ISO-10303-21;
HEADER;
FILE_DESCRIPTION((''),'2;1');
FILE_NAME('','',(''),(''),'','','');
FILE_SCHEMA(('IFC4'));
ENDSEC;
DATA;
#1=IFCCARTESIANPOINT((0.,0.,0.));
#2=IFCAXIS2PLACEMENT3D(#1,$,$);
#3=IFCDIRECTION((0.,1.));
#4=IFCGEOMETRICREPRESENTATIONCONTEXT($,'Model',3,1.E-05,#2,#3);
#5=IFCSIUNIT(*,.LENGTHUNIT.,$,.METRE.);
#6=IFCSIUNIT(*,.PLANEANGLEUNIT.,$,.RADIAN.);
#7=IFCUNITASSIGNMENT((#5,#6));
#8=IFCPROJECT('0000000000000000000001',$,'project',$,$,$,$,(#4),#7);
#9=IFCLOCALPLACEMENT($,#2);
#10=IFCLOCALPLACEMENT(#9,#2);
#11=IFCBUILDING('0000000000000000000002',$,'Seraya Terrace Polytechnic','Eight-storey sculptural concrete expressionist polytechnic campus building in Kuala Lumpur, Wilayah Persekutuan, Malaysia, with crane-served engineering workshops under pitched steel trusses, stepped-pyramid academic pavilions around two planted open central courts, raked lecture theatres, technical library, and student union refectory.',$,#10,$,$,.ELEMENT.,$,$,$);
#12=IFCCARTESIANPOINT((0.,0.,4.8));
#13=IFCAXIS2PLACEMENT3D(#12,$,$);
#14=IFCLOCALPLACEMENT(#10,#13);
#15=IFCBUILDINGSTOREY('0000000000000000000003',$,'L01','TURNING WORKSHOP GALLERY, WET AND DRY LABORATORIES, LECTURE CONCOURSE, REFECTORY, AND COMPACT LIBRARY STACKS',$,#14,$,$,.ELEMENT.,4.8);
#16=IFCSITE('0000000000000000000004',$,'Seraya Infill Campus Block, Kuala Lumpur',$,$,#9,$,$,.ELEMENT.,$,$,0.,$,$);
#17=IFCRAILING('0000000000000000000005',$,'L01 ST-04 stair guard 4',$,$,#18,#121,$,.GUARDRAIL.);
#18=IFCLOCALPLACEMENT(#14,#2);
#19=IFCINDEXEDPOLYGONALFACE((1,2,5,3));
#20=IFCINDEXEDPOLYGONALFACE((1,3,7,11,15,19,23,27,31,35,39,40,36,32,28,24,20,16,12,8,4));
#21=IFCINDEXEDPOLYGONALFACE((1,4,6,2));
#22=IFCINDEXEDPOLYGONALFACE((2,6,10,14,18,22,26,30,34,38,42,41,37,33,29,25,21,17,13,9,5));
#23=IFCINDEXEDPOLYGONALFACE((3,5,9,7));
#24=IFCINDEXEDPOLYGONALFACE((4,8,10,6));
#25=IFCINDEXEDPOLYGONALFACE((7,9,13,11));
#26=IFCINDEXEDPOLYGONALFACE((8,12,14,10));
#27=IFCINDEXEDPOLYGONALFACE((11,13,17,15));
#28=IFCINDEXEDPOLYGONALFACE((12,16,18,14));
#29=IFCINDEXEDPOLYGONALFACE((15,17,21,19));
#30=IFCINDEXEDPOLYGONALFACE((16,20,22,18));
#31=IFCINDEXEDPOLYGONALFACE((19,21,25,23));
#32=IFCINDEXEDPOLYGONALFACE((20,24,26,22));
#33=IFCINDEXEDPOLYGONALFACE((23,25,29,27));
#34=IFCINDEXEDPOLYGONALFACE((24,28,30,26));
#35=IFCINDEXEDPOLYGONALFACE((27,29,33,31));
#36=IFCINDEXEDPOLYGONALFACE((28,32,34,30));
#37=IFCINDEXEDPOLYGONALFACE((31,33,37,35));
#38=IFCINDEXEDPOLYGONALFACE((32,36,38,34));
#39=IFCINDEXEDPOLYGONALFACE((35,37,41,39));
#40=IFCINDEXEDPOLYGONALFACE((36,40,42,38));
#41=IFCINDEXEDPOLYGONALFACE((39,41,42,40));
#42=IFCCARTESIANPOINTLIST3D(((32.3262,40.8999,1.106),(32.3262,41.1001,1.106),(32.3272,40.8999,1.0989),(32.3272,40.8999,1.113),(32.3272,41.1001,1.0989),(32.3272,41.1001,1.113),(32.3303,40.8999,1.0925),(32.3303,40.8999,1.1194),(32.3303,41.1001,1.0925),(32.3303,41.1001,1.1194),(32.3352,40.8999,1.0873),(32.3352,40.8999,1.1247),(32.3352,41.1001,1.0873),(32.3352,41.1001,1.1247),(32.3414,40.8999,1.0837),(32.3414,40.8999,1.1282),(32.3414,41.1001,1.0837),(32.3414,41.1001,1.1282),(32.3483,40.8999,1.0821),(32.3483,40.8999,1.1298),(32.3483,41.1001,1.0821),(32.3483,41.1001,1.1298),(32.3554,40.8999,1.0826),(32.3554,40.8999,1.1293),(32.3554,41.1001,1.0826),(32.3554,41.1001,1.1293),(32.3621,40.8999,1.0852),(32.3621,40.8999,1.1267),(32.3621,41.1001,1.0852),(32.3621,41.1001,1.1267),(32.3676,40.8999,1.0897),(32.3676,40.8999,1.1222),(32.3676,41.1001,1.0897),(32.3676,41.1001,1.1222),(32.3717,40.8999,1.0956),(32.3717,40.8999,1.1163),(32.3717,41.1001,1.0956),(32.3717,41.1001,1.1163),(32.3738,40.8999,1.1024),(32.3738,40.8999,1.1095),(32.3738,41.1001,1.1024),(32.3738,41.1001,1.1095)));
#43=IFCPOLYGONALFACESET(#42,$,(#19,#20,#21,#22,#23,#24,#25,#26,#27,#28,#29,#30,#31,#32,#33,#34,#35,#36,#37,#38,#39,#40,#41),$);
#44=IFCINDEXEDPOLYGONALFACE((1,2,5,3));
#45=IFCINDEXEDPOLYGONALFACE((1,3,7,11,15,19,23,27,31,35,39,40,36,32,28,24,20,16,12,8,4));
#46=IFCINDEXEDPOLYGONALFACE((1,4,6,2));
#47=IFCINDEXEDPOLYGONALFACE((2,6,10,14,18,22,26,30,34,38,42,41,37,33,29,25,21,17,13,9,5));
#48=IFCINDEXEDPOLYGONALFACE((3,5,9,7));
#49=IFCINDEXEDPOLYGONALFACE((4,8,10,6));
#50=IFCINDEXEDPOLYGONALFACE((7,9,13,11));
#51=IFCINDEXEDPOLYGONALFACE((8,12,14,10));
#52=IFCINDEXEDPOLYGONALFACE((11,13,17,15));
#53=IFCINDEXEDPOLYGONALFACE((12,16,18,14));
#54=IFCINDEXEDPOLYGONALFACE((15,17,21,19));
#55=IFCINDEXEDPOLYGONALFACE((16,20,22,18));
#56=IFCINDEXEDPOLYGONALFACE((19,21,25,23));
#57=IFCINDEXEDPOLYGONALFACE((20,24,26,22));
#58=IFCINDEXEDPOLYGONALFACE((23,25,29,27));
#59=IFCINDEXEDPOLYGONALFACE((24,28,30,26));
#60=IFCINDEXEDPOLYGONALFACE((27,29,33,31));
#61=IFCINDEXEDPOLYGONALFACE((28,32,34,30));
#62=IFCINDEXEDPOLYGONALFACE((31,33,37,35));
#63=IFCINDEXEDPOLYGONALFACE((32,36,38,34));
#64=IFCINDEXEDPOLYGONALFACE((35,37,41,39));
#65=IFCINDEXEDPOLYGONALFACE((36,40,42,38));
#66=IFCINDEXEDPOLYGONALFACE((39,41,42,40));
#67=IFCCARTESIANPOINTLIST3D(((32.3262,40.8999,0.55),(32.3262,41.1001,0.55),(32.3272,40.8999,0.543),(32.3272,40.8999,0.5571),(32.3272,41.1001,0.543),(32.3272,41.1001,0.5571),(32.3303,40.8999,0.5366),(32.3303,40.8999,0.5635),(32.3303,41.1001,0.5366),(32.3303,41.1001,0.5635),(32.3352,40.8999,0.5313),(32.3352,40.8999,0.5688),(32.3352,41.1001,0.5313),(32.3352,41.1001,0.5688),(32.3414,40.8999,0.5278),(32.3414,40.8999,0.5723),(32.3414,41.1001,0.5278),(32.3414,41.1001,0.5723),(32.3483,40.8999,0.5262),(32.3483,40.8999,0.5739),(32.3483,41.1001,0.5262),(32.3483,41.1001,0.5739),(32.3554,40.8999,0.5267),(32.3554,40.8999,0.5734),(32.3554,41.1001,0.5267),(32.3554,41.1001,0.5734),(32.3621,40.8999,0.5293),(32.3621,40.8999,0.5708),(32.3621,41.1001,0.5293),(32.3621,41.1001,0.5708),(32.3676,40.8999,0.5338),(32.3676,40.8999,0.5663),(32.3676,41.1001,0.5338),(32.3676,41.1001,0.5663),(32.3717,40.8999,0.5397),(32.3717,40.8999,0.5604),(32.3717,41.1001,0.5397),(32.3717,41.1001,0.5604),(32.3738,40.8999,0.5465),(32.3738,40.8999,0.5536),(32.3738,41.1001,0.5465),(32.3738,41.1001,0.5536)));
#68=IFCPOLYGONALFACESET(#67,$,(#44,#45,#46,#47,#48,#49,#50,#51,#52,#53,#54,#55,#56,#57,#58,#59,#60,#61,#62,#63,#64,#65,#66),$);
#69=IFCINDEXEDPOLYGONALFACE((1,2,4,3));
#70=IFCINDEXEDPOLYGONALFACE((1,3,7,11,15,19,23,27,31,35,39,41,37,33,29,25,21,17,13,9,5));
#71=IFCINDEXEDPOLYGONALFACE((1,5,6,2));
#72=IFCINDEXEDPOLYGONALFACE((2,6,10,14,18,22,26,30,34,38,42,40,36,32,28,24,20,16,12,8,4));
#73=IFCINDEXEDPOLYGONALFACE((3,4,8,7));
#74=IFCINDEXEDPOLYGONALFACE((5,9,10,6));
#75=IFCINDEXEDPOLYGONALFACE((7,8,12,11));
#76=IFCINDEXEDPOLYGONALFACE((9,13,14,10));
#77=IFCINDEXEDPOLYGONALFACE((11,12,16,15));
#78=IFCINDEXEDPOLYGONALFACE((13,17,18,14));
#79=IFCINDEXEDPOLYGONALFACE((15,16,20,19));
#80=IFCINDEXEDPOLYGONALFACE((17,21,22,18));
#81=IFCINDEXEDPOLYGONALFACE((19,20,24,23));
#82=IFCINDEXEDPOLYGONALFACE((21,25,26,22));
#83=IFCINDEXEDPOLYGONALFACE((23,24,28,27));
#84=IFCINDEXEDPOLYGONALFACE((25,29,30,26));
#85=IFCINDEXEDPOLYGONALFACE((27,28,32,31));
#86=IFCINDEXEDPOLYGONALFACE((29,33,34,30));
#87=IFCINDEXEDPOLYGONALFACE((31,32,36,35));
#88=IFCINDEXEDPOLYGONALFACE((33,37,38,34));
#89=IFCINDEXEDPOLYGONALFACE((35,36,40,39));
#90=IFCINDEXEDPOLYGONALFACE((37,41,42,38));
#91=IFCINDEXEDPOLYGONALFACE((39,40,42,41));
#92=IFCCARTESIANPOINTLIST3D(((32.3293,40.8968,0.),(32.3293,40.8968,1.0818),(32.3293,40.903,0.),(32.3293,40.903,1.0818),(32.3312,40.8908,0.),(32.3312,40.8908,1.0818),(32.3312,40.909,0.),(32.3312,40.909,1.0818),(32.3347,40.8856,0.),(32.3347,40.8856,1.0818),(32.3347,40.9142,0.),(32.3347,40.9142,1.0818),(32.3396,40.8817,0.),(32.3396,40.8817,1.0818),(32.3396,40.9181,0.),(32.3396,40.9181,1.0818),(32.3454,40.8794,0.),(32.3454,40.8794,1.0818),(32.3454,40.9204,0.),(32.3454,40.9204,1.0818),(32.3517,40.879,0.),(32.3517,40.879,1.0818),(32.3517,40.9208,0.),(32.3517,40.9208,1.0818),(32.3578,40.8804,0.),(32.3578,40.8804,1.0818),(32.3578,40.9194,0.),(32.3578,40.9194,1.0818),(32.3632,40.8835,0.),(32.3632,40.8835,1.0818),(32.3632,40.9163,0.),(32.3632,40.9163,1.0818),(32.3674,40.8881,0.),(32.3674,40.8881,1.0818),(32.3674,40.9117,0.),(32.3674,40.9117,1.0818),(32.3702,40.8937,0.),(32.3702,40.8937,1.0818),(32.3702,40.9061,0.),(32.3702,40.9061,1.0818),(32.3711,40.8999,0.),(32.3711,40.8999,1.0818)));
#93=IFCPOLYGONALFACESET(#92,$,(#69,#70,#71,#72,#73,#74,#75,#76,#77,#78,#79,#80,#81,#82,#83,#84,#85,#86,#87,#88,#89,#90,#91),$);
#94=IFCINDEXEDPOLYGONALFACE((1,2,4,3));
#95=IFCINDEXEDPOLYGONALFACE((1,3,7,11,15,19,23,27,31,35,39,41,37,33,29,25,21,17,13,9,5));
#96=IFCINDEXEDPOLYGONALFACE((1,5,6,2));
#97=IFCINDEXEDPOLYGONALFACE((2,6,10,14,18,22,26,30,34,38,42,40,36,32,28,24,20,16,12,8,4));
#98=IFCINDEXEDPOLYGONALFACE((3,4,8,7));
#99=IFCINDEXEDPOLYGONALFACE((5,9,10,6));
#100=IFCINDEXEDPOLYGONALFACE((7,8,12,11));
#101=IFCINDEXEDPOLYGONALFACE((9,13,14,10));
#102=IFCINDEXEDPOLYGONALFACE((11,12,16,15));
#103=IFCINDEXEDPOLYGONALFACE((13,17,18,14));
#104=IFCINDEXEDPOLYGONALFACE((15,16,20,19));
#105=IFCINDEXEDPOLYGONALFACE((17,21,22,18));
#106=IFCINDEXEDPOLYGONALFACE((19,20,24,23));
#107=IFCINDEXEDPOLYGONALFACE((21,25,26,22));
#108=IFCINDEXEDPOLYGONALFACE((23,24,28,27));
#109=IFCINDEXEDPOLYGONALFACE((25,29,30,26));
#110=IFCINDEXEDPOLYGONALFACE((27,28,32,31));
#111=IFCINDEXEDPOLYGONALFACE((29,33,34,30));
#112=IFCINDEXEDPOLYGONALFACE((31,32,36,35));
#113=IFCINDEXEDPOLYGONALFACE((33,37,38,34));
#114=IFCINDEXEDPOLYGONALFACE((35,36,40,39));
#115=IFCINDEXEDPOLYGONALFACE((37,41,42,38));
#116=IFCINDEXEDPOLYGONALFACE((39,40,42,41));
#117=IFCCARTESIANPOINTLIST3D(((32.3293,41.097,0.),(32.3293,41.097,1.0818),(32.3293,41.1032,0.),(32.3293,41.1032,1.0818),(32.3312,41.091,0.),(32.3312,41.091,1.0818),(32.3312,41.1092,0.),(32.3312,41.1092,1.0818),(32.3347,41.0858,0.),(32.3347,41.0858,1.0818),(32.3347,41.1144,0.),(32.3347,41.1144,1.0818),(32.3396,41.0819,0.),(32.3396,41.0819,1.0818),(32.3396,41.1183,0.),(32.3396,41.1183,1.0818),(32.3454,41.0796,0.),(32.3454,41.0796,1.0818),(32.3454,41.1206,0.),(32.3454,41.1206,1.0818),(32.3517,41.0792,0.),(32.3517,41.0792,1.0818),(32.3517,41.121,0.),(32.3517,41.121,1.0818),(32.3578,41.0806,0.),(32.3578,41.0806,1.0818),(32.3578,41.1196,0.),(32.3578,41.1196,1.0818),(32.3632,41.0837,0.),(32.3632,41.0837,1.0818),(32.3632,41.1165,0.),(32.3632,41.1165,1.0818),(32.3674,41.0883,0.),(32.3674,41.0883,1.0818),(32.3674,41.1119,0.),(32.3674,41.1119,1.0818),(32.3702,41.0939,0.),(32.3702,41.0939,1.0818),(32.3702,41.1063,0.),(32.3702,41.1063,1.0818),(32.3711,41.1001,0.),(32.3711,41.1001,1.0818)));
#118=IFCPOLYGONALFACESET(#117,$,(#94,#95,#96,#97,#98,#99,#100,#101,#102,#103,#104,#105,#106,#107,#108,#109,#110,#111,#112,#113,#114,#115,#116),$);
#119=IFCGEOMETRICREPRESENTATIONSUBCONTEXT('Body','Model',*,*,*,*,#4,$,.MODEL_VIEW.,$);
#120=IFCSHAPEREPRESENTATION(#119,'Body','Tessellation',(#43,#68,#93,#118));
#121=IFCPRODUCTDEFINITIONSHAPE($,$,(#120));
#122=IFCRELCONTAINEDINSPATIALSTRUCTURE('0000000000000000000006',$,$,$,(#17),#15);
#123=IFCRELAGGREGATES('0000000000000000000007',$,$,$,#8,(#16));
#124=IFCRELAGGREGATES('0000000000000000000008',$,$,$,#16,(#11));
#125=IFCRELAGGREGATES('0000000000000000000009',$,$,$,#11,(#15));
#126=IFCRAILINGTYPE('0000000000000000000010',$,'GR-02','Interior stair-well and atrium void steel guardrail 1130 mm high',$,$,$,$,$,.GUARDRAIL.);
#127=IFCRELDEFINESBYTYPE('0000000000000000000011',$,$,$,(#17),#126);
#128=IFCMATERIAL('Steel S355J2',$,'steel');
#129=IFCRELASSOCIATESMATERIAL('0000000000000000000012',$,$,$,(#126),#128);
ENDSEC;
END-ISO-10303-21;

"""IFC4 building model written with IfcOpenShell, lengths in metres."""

from ifc_helpers import new_model, si_unit, direction, frame, origin, origin_2d, place, context, subcontext, project, spatial, circle, extrude, material, type_object, element, save


model = new_model("IFC4")

# Units and contexts
model_context = context("Model", 3, precision=1e-05, world=origin(), true_north=direction((0.0, 1.0)))
body_context = subcontext(model_context, "Body", "Model", "MODEL_VIEW")
ifc_project = project(units=[si_unit("LENGTHUNIT", "METRE"), si_unit("PLANEANGLEUNIT", "RADIAN")], contexts=[model_context])

# Site, building, storey
site_placement = place(None, origin())
site = spatial("IfcSite", under=ifc_project, at=site_placement, Name="Seraya Infill Campus Block, Kuala Lumpur", CompositionType="ELEMENT", RefElevation=0.0)
building_placement = place(site_placement, origin())
building = spatial("IfcBuilding", under=site, at=building_placement, Name="Seraya Terrace Polytechnic", Description="Eight-storey sculptural concrete expressionist polytechnic campus building in Kuala Lumpur, Wilayah Persekutuan, Malaysia, with crane-served engineering workshops under pitched steel trusses, stepped-pyramid academic pavilions around two planted open central courts, raked lecture theatres, technical library, and student union refectory.", CompositionType="ELEMENT")
storey_placement = place(building_placement, frame((0.0, 0.0, 4.8)))
storey = spatial("IfcBuildingStorey", under=building, at=storey_placement, Name="L01", Description="TURNING WORKSHOP GALLERY, WET AND DRY LABORATORIES, LECTURE CONCOURSE, REFECTORY, AND COMPACT LIBRARY STACKS", CompositionType="ELEMENT", Elevation=4.8)

# Shared definitions
ifc_material_1 = material(Name="Steel S355J2", Category="steel")

# Railing
railing_type_1 = type_object("IfcRailingType", Name="GR-02", Description="Interior stair-well and atrium void steel guardrail 1130 mm high", PredefinedType="GUARDRAIL", material=ifc_material_1)
railing_1_placement = place(storey_placement, frame((32.3501, 40.8999, 0.0)))
element("IfcRailing", 1, at=railing_1_placement, inside=storey, type_object=railing_type_1, Name="L01 ST-04 stair guard 4", PredefinedType="GUARDRAIL", context=body_context, shape_type="SweptSolid", body=[
    extrude(circle(Radius=0.0239, at=origin_2d()), frame((0.0, 0.0, 1.106), z_axis=(0.0, 1.0, 0.0), x_axis=(-1.0, 0.0, 0.0)), (0.0, 0.0, 1.0), 0.2002),
    extrude(circle(Radius=0.0239, at=origin_2d()), frame((0.0, 0.0, 0.55), z_axis=(0.0, 1.0, 0.0), x_axis=(-1.0, 0.0, 0.0)), (0.0, 0.0, 1.0), 0.2002),
    extrude(circle(Radius=0.021, at=origin_2d()), origin(), (0.0, 0.0, 1.0), 1.0818),
    extrude(circle(Radius=0.021, at=origin_2d()), frame((0.0, 0.2002, 0.0)), (0.0, 0.0, 1.0), 1.0818),
])

save(model, "model.ifc")
